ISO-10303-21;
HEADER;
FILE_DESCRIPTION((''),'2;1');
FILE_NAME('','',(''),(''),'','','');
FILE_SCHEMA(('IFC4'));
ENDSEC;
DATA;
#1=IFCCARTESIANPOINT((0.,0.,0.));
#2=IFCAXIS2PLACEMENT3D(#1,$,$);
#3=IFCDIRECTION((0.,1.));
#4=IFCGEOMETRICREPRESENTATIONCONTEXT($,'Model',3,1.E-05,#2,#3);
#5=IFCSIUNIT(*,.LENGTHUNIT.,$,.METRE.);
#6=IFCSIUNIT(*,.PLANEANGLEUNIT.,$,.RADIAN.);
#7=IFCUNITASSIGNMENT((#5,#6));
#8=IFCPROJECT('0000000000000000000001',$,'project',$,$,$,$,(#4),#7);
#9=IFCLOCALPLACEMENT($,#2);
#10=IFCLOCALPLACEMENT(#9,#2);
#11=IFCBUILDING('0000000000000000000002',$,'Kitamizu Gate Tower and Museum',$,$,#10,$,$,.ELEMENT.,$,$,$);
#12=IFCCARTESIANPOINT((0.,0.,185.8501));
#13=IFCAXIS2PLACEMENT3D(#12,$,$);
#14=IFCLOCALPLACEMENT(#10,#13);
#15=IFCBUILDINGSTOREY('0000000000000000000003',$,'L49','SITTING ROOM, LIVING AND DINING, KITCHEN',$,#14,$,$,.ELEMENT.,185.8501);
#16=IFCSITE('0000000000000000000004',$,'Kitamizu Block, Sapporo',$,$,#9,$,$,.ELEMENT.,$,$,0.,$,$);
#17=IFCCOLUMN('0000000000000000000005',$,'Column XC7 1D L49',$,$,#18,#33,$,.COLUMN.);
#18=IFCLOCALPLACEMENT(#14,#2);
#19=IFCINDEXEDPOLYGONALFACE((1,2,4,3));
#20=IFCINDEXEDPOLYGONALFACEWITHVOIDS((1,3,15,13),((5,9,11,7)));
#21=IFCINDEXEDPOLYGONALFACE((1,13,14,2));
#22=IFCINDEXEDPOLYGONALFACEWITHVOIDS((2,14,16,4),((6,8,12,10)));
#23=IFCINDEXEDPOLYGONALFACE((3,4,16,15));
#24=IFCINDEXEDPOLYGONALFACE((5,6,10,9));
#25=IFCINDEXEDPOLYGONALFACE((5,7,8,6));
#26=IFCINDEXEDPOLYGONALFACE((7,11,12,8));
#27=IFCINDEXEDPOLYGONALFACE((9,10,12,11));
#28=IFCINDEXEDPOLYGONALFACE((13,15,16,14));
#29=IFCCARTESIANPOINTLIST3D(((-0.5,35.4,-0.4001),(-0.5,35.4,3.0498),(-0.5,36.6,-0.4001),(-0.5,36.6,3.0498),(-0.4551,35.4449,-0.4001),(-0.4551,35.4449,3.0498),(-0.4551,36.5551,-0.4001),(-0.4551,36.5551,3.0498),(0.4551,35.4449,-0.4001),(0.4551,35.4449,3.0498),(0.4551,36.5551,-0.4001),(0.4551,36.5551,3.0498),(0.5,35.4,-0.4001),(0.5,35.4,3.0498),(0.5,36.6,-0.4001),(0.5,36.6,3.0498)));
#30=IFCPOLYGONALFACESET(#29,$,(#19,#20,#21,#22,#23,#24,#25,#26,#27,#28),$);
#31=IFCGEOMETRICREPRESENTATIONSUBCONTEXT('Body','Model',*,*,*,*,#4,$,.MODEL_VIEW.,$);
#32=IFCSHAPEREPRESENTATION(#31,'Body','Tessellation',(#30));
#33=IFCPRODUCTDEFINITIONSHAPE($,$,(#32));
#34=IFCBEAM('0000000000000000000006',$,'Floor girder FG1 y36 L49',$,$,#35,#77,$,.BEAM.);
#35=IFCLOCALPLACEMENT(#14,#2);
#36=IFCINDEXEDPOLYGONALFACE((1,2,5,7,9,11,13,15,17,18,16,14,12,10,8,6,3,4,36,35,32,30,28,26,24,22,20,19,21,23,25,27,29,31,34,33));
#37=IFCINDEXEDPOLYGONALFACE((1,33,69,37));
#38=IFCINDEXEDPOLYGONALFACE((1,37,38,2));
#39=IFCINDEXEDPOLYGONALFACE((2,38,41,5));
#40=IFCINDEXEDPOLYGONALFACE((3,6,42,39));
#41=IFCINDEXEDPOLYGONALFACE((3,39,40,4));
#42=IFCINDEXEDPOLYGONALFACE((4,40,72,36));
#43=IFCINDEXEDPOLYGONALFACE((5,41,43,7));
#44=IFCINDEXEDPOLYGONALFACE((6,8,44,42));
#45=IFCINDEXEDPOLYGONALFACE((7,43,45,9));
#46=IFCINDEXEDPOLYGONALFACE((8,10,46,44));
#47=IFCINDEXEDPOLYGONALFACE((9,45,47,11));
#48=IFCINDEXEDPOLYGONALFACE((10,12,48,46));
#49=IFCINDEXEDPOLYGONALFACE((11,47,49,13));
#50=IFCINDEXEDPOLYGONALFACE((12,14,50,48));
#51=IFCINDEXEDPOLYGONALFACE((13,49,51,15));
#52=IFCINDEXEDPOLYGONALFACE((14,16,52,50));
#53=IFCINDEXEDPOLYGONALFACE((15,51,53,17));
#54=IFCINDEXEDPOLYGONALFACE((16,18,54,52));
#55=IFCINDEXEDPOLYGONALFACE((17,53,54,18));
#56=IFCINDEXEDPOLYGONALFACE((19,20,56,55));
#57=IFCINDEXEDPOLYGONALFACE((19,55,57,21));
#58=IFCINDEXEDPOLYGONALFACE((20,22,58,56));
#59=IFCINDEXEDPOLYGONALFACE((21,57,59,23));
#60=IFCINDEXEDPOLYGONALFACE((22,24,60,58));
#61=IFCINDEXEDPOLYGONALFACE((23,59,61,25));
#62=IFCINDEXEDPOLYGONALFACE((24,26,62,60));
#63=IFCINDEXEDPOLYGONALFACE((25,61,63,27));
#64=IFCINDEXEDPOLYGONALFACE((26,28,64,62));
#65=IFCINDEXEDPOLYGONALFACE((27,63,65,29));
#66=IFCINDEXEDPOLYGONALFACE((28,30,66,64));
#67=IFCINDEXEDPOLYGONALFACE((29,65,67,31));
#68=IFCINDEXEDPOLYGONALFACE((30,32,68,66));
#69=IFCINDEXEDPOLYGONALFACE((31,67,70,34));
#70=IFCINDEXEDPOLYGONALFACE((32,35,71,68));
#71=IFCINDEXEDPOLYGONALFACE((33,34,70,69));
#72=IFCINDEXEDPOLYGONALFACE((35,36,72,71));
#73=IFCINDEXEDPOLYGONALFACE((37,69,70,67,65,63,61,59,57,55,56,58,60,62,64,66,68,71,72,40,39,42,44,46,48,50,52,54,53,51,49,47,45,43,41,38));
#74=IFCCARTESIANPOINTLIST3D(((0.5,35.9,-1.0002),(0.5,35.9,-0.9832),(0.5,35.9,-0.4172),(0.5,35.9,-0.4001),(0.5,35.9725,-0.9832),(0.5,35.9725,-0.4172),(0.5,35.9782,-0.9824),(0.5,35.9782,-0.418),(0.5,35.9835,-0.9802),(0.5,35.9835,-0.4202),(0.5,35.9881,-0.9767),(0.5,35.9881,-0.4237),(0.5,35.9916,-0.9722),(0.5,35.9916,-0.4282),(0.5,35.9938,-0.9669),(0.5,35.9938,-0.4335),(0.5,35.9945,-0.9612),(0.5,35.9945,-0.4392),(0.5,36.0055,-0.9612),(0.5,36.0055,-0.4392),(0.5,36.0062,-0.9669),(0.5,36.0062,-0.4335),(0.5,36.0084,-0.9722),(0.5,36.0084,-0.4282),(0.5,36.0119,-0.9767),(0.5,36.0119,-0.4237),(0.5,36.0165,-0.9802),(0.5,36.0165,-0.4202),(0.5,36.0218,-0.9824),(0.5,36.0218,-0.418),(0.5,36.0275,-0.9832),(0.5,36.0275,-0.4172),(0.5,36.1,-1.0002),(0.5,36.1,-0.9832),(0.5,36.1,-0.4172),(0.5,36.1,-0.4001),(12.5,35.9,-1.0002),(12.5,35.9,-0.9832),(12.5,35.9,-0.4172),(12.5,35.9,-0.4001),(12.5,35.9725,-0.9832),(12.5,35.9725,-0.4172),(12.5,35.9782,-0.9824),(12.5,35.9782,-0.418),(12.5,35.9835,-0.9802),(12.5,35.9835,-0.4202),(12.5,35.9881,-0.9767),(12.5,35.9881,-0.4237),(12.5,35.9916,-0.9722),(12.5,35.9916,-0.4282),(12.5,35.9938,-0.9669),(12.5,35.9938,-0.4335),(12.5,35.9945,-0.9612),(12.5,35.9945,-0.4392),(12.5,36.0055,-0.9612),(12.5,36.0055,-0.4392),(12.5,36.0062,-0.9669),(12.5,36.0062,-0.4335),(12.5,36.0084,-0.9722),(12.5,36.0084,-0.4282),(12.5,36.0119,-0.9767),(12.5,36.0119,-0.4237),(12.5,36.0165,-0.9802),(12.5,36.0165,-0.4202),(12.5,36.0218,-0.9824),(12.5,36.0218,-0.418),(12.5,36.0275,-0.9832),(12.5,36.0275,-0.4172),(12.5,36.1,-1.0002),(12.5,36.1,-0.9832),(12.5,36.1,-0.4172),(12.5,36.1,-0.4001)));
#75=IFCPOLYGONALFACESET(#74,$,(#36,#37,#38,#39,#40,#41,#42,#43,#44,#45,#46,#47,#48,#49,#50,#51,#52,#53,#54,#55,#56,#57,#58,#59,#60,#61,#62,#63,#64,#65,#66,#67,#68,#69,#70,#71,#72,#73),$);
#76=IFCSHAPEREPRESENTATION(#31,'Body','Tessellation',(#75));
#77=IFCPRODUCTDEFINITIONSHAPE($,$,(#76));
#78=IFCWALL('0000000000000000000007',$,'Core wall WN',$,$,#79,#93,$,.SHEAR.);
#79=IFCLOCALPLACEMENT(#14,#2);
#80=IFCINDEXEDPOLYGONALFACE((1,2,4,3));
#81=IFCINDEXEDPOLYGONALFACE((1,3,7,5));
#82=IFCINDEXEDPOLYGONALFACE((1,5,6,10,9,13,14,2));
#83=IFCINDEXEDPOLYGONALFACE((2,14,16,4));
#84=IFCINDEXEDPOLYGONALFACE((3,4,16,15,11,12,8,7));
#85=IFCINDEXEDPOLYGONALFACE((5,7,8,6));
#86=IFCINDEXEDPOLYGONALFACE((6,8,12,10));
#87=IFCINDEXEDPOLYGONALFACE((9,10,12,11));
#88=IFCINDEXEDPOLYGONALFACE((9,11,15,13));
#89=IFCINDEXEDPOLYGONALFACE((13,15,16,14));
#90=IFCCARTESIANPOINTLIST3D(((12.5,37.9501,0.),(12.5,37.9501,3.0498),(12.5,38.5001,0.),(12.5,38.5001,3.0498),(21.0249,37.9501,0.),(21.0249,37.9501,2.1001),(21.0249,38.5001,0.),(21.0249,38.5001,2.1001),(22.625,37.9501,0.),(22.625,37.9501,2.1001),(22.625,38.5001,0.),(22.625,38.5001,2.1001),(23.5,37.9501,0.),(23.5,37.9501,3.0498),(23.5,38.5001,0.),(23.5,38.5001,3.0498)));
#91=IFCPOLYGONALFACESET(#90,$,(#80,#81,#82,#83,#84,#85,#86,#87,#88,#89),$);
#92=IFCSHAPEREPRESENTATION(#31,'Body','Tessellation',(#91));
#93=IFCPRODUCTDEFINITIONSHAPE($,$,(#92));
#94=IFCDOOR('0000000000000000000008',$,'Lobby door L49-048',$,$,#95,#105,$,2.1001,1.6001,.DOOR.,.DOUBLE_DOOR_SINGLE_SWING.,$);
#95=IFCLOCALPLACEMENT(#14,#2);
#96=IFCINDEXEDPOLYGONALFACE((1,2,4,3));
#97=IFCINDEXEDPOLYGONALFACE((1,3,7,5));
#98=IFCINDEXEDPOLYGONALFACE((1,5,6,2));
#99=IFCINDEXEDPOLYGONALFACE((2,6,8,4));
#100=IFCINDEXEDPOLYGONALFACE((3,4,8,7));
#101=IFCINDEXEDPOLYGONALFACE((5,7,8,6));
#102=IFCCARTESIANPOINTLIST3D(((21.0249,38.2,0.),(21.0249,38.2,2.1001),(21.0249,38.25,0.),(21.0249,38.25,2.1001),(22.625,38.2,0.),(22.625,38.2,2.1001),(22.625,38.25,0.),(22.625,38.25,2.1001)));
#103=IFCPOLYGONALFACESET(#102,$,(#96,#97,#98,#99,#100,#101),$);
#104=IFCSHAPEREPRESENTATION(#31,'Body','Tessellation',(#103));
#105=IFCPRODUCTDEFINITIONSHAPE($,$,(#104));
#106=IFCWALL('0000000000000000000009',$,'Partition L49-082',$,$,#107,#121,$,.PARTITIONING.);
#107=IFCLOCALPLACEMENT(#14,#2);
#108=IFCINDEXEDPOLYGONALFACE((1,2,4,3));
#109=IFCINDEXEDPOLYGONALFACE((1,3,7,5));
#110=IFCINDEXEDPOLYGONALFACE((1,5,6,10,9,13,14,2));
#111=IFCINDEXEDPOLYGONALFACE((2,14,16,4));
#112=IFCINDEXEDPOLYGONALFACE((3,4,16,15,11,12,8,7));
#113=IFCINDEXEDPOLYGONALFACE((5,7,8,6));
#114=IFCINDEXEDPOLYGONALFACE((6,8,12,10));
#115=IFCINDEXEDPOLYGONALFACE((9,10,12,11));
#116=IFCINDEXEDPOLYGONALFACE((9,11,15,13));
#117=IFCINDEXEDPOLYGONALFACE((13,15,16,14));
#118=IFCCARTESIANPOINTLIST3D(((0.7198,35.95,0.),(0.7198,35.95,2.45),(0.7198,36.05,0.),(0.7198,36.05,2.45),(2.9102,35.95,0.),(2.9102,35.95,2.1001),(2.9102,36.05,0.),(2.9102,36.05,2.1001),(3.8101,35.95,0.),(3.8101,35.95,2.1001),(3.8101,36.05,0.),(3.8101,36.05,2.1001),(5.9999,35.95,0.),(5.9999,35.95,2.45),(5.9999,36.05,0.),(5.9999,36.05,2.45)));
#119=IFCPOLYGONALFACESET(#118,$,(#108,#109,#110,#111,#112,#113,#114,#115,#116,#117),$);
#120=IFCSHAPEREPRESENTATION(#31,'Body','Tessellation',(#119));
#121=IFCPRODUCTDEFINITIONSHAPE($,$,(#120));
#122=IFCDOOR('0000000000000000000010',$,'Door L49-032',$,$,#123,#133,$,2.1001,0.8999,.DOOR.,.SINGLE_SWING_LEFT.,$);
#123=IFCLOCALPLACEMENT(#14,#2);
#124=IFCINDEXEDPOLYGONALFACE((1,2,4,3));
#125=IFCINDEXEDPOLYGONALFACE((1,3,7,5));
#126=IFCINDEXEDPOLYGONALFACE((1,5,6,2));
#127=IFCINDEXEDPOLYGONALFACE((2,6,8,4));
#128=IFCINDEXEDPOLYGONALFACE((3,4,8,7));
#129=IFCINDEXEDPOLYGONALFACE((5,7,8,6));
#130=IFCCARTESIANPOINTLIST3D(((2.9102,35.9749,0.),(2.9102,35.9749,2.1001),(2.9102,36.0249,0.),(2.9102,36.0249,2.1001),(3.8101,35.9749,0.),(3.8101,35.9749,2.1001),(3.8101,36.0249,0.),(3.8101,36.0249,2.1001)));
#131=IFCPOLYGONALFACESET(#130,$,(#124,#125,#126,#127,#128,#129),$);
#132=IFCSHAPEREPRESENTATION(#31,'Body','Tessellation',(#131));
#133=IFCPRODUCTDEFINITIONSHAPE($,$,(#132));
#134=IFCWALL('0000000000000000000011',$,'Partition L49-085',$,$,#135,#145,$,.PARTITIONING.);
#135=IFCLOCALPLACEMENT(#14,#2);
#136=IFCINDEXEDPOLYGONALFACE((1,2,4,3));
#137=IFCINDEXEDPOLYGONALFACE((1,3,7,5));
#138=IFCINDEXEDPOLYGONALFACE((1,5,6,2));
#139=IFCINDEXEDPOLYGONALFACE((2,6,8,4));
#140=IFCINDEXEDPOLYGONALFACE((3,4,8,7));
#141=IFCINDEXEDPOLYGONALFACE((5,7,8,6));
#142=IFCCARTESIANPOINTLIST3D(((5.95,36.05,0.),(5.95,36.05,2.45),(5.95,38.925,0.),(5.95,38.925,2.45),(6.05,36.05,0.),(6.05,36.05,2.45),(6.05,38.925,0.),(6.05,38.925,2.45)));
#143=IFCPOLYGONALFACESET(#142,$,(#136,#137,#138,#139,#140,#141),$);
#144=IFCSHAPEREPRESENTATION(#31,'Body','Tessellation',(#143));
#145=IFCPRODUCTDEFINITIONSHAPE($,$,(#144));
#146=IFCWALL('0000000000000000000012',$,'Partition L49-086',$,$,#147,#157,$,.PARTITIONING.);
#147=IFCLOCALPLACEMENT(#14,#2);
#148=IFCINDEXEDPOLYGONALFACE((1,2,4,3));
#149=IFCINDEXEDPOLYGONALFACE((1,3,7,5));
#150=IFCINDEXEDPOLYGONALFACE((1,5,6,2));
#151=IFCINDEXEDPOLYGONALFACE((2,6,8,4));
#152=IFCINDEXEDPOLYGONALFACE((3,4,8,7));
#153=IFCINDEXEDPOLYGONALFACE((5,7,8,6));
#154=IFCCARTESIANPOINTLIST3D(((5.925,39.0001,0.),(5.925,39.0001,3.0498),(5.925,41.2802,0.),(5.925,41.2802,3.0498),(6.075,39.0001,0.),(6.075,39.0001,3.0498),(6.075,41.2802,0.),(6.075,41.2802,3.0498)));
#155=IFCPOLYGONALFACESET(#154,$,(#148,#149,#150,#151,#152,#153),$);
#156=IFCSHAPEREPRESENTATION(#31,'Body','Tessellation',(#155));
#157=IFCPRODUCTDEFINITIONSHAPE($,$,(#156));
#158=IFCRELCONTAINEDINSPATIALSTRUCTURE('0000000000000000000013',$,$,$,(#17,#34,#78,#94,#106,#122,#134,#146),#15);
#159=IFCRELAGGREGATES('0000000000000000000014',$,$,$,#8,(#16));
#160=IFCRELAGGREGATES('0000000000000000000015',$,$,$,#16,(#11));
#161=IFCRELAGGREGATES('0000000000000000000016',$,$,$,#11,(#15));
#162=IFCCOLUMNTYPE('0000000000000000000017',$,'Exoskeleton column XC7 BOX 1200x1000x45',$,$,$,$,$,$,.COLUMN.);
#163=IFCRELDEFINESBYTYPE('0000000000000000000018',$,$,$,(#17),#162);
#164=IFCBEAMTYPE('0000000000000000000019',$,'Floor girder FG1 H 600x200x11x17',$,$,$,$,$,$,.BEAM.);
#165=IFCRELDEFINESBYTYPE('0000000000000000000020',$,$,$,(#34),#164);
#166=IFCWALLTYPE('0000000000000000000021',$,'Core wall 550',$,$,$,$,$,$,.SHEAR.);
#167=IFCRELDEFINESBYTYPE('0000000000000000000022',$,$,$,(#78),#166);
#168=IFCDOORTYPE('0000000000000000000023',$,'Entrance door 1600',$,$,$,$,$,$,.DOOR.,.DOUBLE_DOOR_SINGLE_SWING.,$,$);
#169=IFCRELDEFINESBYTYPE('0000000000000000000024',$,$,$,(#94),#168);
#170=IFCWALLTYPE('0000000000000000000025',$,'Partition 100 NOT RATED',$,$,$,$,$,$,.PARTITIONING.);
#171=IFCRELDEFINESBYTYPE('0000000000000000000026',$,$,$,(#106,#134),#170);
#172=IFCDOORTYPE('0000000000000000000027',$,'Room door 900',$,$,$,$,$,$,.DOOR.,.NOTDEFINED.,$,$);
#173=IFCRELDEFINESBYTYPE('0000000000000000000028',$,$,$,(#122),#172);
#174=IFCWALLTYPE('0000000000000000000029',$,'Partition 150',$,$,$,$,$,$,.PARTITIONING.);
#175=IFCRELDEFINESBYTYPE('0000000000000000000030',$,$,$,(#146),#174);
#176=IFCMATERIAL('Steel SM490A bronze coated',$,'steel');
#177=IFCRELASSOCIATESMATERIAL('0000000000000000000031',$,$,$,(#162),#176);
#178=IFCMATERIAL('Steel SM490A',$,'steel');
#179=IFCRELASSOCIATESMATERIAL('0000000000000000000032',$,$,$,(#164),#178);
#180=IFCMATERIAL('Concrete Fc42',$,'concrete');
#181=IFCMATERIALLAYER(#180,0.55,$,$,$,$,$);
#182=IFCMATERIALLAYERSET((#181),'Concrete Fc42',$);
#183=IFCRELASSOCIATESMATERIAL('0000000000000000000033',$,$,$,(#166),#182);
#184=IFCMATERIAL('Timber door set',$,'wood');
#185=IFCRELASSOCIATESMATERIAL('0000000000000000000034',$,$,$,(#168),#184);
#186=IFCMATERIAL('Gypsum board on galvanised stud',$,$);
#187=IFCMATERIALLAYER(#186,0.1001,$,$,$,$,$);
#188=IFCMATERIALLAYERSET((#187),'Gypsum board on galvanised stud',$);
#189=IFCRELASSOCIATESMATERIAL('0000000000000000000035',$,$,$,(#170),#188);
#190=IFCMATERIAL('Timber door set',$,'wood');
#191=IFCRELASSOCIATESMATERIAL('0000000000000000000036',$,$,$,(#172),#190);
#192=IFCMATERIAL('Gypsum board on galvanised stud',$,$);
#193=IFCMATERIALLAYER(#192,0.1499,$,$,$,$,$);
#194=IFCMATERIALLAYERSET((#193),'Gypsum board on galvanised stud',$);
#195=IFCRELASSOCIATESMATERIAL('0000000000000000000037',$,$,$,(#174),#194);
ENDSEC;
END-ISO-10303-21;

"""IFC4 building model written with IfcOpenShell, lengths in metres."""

from ifc_helpers import new_model, si_unit, direction, frame, frame_2d, origin, origin_2d, place, context, subcontext, project, spatial, rectangle, hollow_rectangle, i_section, extrude, material, layer, layer_set, material_profile, profile_set, type_object, element, fill, save


model = new_model("IFC4")

# Units and contexts
model_context = context("Model", 3, precision=1e-05, world=origin(), true_north=direction((0.0, 1.0)))
body_context = subcontext(model_context, "Body", "Model", "MODEL_VIEW")
ifc_project = project(units=[si_unit("LENGTHUNIT", "METRE"), si_unit("PLANEANGLEUNIT", "RADIAN")], contexts=[model_context])

# Site, building, storey
site_placement = place(None, origin())
site = spatial("IfcSite", under=ifc_project, at=site_placement, Name="Kitamizu Block, Sapporo", CompositionType="ELEMENT", RefElevation=0.0)
building_placement = place(site_placement, origin())
building = spatial("IfcBuilding", under=site, at=building_placement, Name="Kitamizu Gate Tower and Museum", CompositionType="ELEMENT")
storey_placement = place(building_placement, frame((0.0, 0.0, 185.8501)))
storey = spatial("IfcBuildingStorey", under=building, at=storey_placement, Name="L49", Description="SITTING ROOM, LIVING AND DINING, KITCHEN", CompositionType="ELEMENT", Elevation=185.8501)

# Column
ifc_material_1 = material(Name="Steel SM490A bronze coated", Category="steel")
ifc_material_profile_1 = material_profile(ifc_material_1, hollow_rectangle(XDim=1.2, YDim=1.0, WallThickness=0.0449, at=origin_2d()), Name="BOX 1200x1000x45")
ifc_profile_set_1 = profile_set([ifc_material_profile_1], Name="Steel SM490A bronze coated")
column_type = type_object("IfcColumnType", Name="Exoskeleton column XC7 BOX 1200x1000x45", PredefinedType="COLUMN", material=ifc_profile_set_1)
column_placement = place(storey_placement, frame((0.0, 36.0, -0.4001), z_axis=(0.0, 0.0, 1.0), x_axis=(0.0, 1.0, 0.0)))
element("IfcColumn", 1, at=column_placement, inside=storey, type_object=column_type, Name="Column XC7 1D L49", PredefinedType="COLUMN", context=body_context, shape_type="SweptSolid", body=[
    extrude(hollow_rectangle(XDim=1.2, YDim=1.0, WallThickness=0.0449, at=origin_2d()), origin(), (0.0, 0.0, 1.0), 3.45),
])

# Beam
ifc_material_2 = material(Name="Steel SM490A", Category="steel")
ifc_material_profile_2 = material_profile(ifc_material_2, i_section(OverallWidth=0.2, OverallDepth=0.6001, WebThickness=0.011, FlangeThickness=0.0171, FilletRadius=0.022, at=origin_2d()), Name="H-600x200x11x17")
ifc_profile_set_2 = profile_set([ifc_material_profile_2], Name="Steel SM490A")
beam_type = type_object("IfcBeamType", Name="Floor girder FG1 H 600x200x11x17", PredefinedType="BEAM", material=ifc_profile_set_2)
beam_placement = place(storey_placement, frame((0.5, 36.0, -0.7002), z_axis=(1.0, 0.0, 0.0), x_axis=(0.0, 1.0, 0.0)))
element("IfcBeam", 2, at=beam_placement, inside=storey, type_object=beam_type, Name="Floor girder FG1 y36 L49", PredefinedType="BEAM", context=body_context, shape_type="SweptSolid", body=[
    extrude(i_section(OverallWidth=0.2, OverallDepth=0.6001, WebThickness=0.011, FlangeThickness=0.0171, FilletRadius=0.022, at=origin_2d()), origin(), (0.0, 0.0, 1.0), 12.0),
])

# Walls, openings, doors
ifc_material_3 = material(Name="Concrete Fc42", Category="concrete")
ifc_layer_1 = layer(ifc_material_3, 0.55)
ifc_layer_set_1 = layer_set([ifc_layer_1], Name="Concrete Fc42")
wall_type_1 = type_object("IfcWallType", Name="Core wall 550", PredefinedType="SHEAR", material=ifc_layer_set_1)
wall_1_placement = place(storey_placement, frame((12.5, 38.2251, 0.0), z_axis=(0.0, 0.0, 1.0), x_axis=(1.0, 0.0, 0.0)))
wall_1 = element("IfcWall", 3, at=wall_1_placement, inside=storey, type_object=wall_type_1, Name="Core wall WN", PredefinedType="SHEAR", context=body_context, shape_type="SweptSolid", body=[
    extrude(rectangle(XDim=11.0, YDim=0.55, at=frame_2d((5.5, 0.0))), origin(), (0.0, 0.0, 1.0), 3.0498),
])
opening_1_placement = place(wall_1_placement, frame((8.5249, 0.0, 0.0)))
opening_1 = element("IfcOpeningElement", 4, at=opening_1_placement, cuts=wall_1, PredefinedType="OPENING", context=body_context, shape_type="SweptSolid", body=[
    extrude(rectangle(XDim=1.6001, YDim=2.1001, at=frame_2d((0.8, 1.05))), frame((0.0, 0.2852, 0.0), z_axis=(0.0, -1.0, 0.0), x_axis=(1.0, 0.0, 0.0)), (0.0, 0.0, 1.0), 0.5701),
])
ifc_material_4 = material(Name="Timber door set", Category="wood")
door_type_1 = type_object("IfcDoorType", Name="Entrance door 1600", OperationType="DOUBLE_DOOR_SINGLE_SWING", PredefinedType="DOOR", material=ifc_material_4)
door_1_placement = place(opening_1_placement, origin())
door_1 = element("IfcDoor", 5, at=door_1_placement, inside=storey, type_object=door_type_1, Name="Lobby door L49-048", OperationType="DOUBLE_DOOR_SINGLE_SWING", OverallHeight=2.1001, OverallWidth=1.6001, PredefinedType="DOOR", context=body_context, shape_type="SweptSolid", body=[
    extrude(rectangle(XDim=1.6001, YDim=2.1001, at=frame_2d((0.8, 1.05))), frame((0.0, 0.0249, 0.0), z_axis=(0.0, -1.0, 0.0), x_axis=(1.0, 0.0, 0.0)), (0.0, 0.0, 1.0), 0.05),
])
fill(opening_1, door_1)
ifc_material_5 = material(Name="Gypsum board on galvanised stud")
ifc_layer_2 = layer(ifc_material_5, 0.1001)
ifc_layer_set_2 = layer_set([ifc_layer_2], Name="Gypsum board on galvanised stud")
wall_type_2 = type_object("IfcWallType", Name="Partition 100 NOT RATED", PredefinedType="PARTITIONING", material=ifc_layer_set_2)
wall_2_placement = place(storey_placement, frame((6.0, 36.0, 0.0), z_axis=(0.0, 0.0, 1.0), x_axis=(-1.0, 0.0, 0.0)))
wall_2 = element("IfcWall", 6, at=wall_2_placement, inside=storey, type_object=wall_type_2, Name="Partition L49-082", PredefinedType="PARTITIONING", context=body_context, shape_type="SweptSolid", body=[
    extrude(rectangle(XDim=5.28, YDim=0.1001, at=frame_2d((2.6401, 0.0))), origin(), (0.0, 0.0, 1.0), 2.45),
])
opening_2_placement = place(wall_2_placement, frame((2.1899, 0.0, 0.0)))
opening_2 = element("IfcOpeningElement", 7, at=opening_2_placement, cuts=wall_2, PredefinedType="OPENING", context=body_context, shape_type="SweptSolid", body=[
    extrude(rectangle(XDim=0.8999, YDim=2.1001, at=frame_2d((0.45, 1.05))), frame((0.0, 0.0601, 0.0), z_axis=(0.0, -1.0, 0.0), x_axis=(1.0, 0.0, 0.0)), (0.0, 0.0, 1.0), 0.1201),
])
ifc_material_6 = material(Name="Timber door set", Category="wood")
door_type_2 = type_object("IfcDoorType", Name="Room door 900", OperationType="NOTDEFINED", PredefinedType="DOOR", material=ifc_material_6)
door_2_placement = place(opening_2_placement, frame((0.8999, 0.0, 0.0), x_axis=(-1.0, 0.0, 0.0)))
door_2 = element("IfcDoor", 8, at=door_2_placement, inside=storey, type_object=door_type_2, Name="Door L49-032", OperationType="SINGLE_SWING_LEFT", OverallHeight=2.1001, OverallWidth=0.8999, PredefinedType="DOOR", context=body_context, shape_type="SweptSolid", body=[
    extrude(rectangle(XDim=0.8999, YDim=2.1001, at=frame_2d((0.45, 1.05))), frame((0.0, 0.0249, 0.0), z_axis=(0.0, -1.0, 0.0), x_axis=(1.0, 0.0, 0.0)), (0.0, 0.0, 1.0), 0.05),
])
fill(opening_2, door_2)

# Walls
wall_3_placement = place(storey_placement, frame((6.0, 36.05, 0.0), z_axis=(0.0, 0.0, 1.0), x_axis=(0.0, 1.0, 0.0)))
element("IfcWall", 9, at=wall_3_placement, inside=storey, type_object=wall_type_2, Name="Partition L49-085", PredefinedType="PARTITIONING", context=body_context, shape_type="SweptSolid", body=[
    extrude(rectangle(XDim=2.875, YDim=0.1001, at=frame_2d((1.4375, 0.0))), origin(), (0.0, 0.0, 1.0), 2.45),
])
ifc_material_7 = material(Name="Gypsum board on galvanised stud")
ifc_layer_3 = layer(ifc_material_7, 0.1499)
ifc_layer_set_3 = layer_set([ifc_layer_3], Name="Gypsum board on galvanised stud")
wall_type_3 = type_object("IfcWallType", Name="Partition 150", PredefinedType="PARTITIONING", material=ifc_layer_set_3)
wall_4_placement = place(storey_placement, frame((6.0, 39.0, 0.0), z_axis=(0.0, 0.0, 1.0), x_axis=(0.0, 1.0, 0.0)))
element("IfcWall", 10, at=wall_4_placement, inside=storey, type_object=wall_type_3, Name="Partition L49-086", PredefinedType="PARTITIONING", context=body_context, shape_type="SweptSolid", body=[
    extrude(rectangle(XDim=2.28, YDim=0.1499, at=frame_2d((1.1401, 0.0))), origin(), (0.0, 0.0, 1.0), 3.0498),
])

save(model, "model.ifc")
